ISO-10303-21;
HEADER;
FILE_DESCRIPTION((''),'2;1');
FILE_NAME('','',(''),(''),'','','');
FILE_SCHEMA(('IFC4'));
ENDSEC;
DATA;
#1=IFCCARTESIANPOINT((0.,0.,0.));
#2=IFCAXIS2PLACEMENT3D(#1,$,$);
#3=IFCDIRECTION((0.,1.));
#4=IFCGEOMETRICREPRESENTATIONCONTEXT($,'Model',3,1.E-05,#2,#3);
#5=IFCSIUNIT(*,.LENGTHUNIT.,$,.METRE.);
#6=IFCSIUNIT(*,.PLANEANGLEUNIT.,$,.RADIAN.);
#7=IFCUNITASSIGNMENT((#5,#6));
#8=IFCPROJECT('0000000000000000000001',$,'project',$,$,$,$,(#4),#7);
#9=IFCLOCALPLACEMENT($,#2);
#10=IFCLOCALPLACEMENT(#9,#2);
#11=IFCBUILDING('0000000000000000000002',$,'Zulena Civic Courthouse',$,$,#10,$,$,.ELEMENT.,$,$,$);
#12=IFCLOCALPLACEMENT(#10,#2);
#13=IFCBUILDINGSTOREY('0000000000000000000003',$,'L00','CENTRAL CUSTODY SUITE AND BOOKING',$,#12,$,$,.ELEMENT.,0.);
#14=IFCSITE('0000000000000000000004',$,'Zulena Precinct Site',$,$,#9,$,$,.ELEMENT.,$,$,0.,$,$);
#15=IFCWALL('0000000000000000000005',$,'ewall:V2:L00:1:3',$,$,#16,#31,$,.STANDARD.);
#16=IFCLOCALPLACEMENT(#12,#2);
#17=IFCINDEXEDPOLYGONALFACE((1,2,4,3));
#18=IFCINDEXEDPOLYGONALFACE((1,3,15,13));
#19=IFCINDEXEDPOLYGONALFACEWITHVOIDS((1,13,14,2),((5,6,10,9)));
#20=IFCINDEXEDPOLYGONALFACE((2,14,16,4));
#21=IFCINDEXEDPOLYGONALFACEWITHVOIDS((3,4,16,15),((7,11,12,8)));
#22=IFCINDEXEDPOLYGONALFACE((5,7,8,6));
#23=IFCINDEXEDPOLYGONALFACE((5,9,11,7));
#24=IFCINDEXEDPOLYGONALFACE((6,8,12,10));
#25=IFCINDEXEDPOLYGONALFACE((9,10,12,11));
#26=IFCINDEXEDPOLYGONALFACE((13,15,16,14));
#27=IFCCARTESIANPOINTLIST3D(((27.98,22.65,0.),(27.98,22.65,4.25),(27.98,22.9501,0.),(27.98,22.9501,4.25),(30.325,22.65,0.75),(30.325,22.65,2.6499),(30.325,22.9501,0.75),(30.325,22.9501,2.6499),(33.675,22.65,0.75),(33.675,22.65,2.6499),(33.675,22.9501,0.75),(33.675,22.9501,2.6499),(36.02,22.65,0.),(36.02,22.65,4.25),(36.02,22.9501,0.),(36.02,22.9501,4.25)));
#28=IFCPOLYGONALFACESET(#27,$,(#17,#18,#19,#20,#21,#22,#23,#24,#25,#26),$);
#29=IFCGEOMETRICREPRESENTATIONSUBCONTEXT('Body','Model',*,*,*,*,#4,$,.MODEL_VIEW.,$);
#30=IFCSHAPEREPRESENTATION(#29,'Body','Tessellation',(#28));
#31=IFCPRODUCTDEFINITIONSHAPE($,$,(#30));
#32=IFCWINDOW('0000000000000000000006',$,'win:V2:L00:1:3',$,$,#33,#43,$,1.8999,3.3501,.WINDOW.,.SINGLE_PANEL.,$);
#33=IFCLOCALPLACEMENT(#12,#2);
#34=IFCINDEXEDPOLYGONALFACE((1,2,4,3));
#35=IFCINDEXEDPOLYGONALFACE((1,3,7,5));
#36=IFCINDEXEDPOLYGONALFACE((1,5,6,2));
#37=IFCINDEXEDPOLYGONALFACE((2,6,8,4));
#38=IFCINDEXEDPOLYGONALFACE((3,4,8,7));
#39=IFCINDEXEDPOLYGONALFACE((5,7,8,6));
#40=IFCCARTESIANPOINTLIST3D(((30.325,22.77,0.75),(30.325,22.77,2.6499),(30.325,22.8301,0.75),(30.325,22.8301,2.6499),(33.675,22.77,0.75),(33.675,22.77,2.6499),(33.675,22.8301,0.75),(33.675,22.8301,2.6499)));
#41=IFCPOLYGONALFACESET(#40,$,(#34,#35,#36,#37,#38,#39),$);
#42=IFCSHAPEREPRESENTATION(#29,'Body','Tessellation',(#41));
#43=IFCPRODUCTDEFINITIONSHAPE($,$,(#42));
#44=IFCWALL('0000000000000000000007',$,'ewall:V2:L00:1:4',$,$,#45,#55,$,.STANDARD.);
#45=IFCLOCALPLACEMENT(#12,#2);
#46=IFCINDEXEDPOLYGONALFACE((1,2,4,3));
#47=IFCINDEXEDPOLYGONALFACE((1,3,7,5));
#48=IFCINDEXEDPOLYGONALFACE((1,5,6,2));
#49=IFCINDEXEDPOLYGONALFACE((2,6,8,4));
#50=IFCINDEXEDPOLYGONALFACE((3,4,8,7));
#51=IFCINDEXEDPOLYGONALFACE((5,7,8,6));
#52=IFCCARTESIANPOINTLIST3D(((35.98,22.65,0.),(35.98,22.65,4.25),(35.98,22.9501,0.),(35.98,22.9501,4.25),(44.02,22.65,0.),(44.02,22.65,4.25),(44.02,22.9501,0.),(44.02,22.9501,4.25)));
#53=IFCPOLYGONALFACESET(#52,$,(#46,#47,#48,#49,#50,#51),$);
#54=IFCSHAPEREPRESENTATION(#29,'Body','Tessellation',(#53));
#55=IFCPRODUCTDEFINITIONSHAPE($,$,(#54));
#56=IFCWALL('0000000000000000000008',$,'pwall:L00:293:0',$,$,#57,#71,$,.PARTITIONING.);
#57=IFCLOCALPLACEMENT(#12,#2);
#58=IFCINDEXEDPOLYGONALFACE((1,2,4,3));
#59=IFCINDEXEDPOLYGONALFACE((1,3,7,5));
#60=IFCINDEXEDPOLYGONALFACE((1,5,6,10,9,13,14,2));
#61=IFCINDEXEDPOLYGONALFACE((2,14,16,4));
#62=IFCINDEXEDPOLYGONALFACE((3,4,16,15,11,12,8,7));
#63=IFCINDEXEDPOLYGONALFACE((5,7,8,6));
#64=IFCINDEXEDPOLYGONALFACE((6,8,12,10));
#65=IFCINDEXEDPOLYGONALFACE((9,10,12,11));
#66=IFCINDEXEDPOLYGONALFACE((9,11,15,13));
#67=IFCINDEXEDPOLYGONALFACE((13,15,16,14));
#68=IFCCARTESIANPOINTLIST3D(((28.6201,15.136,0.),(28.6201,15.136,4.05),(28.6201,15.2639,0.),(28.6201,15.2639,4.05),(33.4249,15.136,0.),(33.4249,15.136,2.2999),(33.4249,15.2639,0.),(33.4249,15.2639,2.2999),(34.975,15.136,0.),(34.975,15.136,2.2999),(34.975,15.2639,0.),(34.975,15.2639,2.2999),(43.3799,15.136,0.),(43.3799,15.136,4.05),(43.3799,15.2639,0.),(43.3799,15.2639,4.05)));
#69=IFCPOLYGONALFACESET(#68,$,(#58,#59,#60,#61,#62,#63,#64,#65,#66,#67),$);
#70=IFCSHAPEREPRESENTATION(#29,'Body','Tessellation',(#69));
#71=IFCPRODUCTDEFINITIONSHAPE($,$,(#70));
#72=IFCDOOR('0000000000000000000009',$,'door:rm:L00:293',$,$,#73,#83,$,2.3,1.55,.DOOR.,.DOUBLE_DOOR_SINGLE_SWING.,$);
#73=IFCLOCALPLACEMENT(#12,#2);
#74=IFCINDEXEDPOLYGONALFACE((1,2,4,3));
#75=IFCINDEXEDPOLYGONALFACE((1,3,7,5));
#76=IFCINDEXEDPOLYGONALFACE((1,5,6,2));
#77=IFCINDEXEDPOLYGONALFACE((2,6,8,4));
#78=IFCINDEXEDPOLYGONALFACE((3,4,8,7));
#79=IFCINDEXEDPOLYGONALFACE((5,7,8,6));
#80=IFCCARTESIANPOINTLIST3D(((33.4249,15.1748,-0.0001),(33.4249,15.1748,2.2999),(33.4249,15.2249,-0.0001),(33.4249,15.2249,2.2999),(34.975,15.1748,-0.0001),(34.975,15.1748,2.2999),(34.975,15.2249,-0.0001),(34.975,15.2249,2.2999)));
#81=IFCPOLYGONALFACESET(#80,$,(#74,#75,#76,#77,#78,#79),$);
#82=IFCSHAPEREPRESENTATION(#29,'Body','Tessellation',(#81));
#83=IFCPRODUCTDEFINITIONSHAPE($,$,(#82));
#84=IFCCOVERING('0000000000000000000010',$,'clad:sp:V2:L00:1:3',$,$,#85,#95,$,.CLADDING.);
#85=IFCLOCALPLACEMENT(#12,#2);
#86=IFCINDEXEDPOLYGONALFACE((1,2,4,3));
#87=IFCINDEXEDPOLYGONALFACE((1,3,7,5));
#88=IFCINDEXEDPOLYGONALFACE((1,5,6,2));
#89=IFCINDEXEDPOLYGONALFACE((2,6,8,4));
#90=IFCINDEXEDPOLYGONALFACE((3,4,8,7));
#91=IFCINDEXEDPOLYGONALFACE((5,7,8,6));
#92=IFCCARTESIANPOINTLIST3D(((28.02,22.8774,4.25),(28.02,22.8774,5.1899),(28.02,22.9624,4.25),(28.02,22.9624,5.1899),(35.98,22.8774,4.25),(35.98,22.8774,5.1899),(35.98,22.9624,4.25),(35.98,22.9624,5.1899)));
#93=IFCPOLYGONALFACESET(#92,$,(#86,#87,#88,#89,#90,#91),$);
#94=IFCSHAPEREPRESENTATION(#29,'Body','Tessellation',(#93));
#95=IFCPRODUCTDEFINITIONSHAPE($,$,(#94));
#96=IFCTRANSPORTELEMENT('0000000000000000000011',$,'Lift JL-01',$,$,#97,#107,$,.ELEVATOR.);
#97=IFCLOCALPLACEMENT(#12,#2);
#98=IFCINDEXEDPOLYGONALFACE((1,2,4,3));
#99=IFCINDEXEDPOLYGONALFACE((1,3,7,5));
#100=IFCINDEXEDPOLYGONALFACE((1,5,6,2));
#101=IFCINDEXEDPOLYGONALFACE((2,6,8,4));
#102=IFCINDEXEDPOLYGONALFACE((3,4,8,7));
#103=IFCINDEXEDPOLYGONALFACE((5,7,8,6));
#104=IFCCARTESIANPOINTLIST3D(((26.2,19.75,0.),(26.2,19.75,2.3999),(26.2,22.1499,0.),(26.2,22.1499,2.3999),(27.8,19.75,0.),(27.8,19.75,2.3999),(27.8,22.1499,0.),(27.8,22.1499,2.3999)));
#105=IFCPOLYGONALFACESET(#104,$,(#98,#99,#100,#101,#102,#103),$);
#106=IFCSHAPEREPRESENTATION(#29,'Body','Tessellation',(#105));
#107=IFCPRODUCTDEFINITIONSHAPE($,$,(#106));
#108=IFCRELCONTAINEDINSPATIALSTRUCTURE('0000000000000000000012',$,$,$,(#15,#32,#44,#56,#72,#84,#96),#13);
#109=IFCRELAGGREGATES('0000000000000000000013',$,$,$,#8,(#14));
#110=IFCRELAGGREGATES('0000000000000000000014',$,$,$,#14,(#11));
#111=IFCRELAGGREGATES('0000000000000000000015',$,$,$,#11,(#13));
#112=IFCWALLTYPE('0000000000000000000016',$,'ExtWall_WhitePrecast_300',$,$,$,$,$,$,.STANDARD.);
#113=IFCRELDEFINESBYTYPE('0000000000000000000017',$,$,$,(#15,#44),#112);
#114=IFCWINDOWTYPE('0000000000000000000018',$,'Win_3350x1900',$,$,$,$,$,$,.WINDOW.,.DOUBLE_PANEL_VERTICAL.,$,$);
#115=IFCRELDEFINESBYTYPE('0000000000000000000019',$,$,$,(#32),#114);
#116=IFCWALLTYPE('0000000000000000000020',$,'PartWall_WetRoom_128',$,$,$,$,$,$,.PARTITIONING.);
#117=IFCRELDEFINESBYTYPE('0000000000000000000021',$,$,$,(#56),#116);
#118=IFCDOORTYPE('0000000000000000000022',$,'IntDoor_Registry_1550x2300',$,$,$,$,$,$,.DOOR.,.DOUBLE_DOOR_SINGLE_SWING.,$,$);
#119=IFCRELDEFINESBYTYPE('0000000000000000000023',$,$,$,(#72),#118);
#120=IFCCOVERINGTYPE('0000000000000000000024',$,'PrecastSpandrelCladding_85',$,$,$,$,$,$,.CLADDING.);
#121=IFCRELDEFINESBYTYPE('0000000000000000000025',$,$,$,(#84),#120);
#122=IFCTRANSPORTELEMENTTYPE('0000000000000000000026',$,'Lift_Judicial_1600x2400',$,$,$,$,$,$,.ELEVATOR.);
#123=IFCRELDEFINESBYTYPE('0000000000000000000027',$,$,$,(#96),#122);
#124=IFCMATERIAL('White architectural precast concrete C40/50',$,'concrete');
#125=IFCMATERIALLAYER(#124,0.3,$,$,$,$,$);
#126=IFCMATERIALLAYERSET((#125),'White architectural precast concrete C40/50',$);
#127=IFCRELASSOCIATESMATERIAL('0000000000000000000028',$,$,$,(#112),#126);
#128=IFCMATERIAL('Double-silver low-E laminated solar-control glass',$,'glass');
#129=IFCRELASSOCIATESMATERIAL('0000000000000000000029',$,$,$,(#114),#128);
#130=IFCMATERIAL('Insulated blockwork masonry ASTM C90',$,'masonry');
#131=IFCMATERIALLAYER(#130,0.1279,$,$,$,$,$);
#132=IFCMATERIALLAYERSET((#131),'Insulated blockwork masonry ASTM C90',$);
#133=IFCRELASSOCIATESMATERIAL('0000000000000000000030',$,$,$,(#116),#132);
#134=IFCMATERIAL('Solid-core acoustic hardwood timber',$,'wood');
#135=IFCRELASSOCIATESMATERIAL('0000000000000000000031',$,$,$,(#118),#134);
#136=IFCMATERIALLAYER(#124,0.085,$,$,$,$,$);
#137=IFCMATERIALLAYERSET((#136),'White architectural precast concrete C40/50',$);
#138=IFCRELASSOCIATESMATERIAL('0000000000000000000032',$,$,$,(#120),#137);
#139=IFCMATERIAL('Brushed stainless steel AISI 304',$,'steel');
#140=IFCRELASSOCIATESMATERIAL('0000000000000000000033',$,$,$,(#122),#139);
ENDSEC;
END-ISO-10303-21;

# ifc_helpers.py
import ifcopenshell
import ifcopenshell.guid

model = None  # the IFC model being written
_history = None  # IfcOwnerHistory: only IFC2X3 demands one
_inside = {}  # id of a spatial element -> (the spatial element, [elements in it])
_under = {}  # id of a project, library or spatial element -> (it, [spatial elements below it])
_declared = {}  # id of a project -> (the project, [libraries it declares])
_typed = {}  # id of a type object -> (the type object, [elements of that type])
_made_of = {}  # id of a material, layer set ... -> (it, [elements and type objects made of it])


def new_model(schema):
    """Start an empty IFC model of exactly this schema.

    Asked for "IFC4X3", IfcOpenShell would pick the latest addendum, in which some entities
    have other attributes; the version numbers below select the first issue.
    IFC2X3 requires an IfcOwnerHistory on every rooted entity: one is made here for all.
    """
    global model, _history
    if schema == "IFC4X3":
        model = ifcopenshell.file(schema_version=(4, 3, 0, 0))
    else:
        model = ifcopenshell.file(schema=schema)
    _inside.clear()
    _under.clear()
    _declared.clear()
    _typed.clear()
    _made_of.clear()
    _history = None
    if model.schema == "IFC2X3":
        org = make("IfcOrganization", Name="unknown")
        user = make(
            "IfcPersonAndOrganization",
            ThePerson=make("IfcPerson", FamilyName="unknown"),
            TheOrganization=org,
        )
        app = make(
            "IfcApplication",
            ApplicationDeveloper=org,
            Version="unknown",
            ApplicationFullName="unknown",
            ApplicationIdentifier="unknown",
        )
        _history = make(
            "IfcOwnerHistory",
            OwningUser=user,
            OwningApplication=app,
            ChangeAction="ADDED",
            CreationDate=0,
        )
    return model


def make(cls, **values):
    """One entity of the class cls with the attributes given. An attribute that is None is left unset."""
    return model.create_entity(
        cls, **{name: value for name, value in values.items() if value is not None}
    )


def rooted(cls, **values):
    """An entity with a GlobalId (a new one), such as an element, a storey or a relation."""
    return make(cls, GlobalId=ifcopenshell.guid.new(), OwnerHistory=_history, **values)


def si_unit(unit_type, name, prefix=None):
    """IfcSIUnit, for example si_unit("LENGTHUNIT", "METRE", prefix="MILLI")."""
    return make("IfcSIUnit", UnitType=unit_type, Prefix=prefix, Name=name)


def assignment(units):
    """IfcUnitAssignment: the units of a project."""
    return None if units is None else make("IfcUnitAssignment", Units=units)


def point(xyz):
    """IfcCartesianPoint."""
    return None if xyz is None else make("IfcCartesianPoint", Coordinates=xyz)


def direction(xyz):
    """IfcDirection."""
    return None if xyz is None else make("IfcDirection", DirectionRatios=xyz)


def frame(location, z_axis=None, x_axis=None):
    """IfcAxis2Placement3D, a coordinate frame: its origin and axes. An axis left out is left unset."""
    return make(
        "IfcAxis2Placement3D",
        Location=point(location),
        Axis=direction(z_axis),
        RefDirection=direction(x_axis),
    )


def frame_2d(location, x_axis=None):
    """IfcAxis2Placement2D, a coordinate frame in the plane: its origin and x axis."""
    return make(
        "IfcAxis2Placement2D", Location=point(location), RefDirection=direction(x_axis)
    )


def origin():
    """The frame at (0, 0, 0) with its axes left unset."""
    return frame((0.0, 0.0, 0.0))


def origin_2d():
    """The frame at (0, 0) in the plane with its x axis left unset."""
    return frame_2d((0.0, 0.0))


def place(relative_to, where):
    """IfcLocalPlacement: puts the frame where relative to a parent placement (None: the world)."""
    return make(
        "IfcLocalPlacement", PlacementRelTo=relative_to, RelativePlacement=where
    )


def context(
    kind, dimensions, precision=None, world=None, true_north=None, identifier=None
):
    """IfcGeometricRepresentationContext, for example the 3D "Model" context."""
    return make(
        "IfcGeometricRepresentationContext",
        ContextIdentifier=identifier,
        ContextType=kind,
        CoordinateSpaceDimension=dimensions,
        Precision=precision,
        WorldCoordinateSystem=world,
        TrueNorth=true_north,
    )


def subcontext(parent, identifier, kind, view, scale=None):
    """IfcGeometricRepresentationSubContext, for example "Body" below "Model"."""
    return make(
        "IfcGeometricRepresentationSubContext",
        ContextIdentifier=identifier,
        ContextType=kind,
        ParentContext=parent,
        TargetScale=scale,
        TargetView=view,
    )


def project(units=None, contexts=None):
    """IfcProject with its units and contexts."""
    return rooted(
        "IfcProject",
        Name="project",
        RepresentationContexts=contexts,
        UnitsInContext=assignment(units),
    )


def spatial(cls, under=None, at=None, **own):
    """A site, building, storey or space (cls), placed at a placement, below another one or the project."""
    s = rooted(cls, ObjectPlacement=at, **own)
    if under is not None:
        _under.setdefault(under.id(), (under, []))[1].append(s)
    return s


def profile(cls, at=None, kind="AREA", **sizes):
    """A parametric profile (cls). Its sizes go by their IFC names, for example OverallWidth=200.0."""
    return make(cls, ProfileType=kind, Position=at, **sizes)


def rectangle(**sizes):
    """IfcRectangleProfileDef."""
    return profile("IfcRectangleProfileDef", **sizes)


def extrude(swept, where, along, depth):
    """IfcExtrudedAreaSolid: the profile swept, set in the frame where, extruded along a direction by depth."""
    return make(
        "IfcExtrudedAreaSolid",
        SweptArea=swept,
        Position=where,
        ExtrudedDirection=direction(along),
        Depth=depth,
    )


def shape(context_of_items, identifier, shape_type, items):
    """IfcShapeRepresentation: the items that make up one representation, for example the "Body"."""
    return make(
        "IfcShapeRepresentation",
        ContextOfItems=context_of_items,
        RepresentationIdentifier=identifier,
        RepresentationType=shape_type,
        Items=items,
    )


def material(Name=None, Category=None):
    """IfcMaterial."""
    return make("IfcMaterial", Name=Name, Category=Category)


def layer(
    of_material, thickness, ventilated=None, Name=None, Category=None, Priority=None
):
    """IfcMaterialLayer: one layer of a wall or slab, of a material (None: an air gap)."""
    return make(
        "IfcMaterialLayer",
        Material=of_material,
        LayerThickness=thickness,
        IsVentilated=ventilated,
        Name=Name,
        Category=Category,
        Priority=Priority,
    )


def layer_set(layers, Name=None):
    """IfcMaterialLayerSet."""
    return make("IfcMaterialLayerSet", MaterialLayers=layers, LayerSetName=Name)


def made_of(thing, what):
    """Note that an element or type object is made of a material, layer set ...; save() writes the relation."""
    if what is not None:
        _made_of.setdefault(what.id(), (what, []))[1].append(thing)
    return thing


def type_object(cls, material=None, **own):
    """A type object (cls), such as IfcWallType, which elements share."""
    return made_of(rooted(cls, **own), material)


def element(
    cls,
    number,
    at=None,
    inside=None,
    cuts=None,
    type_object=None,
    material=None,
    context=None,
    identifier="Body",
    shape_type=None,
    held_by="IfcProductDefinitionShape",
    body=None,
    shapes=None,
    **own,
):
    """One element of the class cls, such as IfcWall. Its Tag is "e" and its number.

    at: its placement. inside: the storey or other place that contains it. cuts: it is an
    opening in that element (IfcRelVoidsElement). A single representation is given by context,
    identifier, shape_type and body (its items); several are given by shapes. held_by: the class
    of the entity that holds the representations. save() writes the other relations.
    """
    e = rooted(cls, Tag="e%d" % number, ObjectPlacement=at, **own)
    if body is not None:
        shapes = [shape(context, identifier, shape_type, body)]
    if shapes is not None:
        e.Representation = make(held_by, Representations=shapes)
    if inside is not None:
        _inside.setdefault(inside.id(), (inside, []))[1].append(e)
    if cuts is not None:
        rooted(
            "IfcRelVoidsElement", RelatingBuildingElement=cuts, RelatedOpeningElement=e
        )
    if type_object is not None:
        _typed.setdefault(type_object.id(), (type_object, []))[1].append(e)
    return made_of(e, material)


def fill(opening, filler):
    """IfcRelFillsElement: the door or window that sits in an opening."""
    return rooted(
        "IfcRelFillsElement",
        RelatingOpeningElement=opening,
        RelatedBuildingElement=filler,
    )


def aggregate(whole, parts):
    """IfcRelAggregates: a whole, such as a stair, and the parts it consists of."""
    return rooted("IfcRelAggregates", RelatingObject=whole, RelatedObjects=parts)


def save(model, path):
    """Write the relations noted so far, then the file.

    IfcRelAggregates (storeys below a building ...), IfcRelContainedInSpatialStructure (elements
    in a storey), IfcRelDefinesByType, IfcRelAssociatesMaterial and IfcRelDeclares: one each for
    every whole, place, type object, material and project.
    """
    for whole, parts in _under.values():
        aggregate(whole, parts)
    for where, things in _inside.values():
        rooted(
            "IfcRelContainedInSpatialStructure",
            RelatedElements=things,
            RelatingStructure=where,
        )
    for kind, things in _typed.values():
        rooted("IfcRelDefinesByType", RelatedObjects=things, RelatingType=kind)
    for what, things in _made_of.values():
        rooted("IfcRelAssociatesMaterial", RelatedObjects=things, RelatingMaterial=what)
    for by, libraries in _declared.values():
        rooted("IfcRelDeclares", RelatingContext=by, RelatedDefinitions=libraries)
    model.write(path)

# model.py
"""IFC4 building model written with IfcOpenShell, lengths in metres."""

from ifc_helpers import new_model, si_unit, direction, frame, frame_2d, origin, origin_2d, place, context, subcontext, project, spatial, rectangle, extrude, material, layer, layer_set, type_object, element, fill, save


model = new_model("IFC4")

# Units and contexts
model_context = context("Model", 3, precision=1e-05, world=origin(), true_north=direction((0.0, 1.0)))
body_context = subcontext(model_context, "Body", "Model", "MODEL_VIEW")
ifc_project = project(units=[si_unit("LENGTHUNIT", "METRE"), si_unit("PLANEANGLEUNIT", "RADIAN")], contexts=[model_context])

# Site, building, storey
site_placement = place(None, origin())
site = spatial("IfcSite", under=ifc_project, at=site_placement, Name="Zulena Precinct Site", CompositionType="ELEMENT", RefElevation=0.0)
building_placement = place(site_placement, origin())
building = spatial("IfcBuilding", under=site, at=building_placement, Name="Zulena Civic Courthouse", CompositionType="ELEMENT")
storey_placement = place(building_placement, origin())
storey = spatial("IfcBuildingStorey", under=building, at=storey_placement, Name="L00", Description="CENTRAL CUSTODY SUITE AND BOOKING", CompositionType="ELEMENT", Elevation=0.0)

# Wall, opening, window
ifc_material_1 = material(Name="White architectural precast concrete C40/50", Category="concrete")
ifc_layer_1 = layer(ifc_material_1, 0.3)
ifc_layer_set_1 = layer_set([ifc_layer_1], Name="White architectural precast concrete C40/50")
wall_type_1 = type_object("IfcWallType", Name="ExtWall_WhitePrecast_300", PredefinedType="STANDARD", material=ifc_layer_set_1)
wall_1_placement = place(storey_placement, frame((27.98, 22.8, 0.0), z_axis=(0.0, 0.0, 1.0), x_axis=(1.0, 0.0, 0.0)))
wall_1 = element("IfcWall", 1, at=wall_1_placement, inside=storey, type_object=wall_type_1, Name="ewall:V2:L00:1:3", PredefinedType="STANDARD", context=body_context, shape_type="SweptSolid", body=[
    extrude(rectangle(XDim=8.04, YDim=0.3, at=frame_2d((4.02, 0.0))), origin(), (0.0, 0.0, 1.0), 4.25),
])
opening_1_placement = place(wall_1_placement, frame((2.345, 0.0, 0.75)))
opening_1 = element("IfcOpeningElement", 2, at=opening_1_placement, cuts=wall_1, PredefinedType="OPENING", context=body_context, shape_type="SweptSolid", body=[
    extrude(rectangle(XDim=3.3501, YDim=1.8999, at=frame_2d((1.675, 0.95))), frame((0.0, 0.1599, 0.0), z_axis=(0.0, -1.0, 0.0), x_axis=(1.0, 0.0, 0.0)), (0.0, 0.0, 1.0), 0.3201),
])
ifc_material_2 = material(Name="Double-silver low-E laminated solar-control glass", Category="glass")
window_type = type_object("IfcWindowType", Name="Win_3350x1900", PartitioningType="DOUBLE_PANEL_VERTICAL", PredefinedType="WINDOW", material=ifc_material_2)
window_placement = place(opening_1_placement, origin())
window = element("IfcWindow", 3, at=window_placement, inside=storey, type_object=window_type, Name="win:V2:L00:1:3", OverallHeight=1.8999, OverallWidth=3.3501, PartitioningType="SINGLE_PANEL", PredefinedType="WINDOW", context=body_context, shape_type="SweptSolid", body=[
    extrude(rectangle(XDim=3.3501, YDim=1.8999, at=frame_2d((1.675, 0.95))), frame((0.0, 0.03, 0.0), z_axis=(0.0, -1.0, 0.0), x_axis=(1.0, 0.0, 0.0)), (0.0, 0.0, 1.0), 0.0601),
])
fill(opening_1, window)

# Wall
wall_2_placement = place(storey_placement, frame((35.98, 22.8, 0.0), z_axis=(0.0, 0.0, 1.0), x_axis=(1.0, 0.0, 0.0)))
element("IfcWall", 4, at=wall_2_placement, inside=storey, type_object=wall_type_1, Name="ewall:V2:L00:1:4", PredefinedType="STANDARD", context=body_context, shape_type="SweptSolid", body=[
    extrude(rectangle(XDim=8.04, YDim=0.3, at=frame_2d((4.02, 0.0))), origin(), (0.0, 0.0, 1.0), 4.25),
])

# Wall, opening, door
ifc_material_3 = material(Name="Insulated blockwork masonry ASTM C90", Category="masonry")
ifc_layer_2 = layer(ifc_material_3, 0.1279)
ifc_layer_set_2 = layer_set([ifc_layer_2], Name="Insulated blockwork masonry ASTM C90")
wall_type_2 = type_object("IfcWallType", Name="PartWall_WetRoom_128", PredefinedType="PARTITIONING", material=ifc_layer_set_2)
wall_3_placement = place(storey_placement, frame((28.6201, 15.2, 0.0), z_axis=(0.0, 0.0, 1.0), x_axis=(1.0, 0.0, 0.0)))
wall_3 = element("IfcWall", 5, at=wall_3_placement, inside=storey, type_object=wall_type_2, Name="pwall:L00:293:0", PredefinedType="PARTITIONING", context=body_context, shape_type="SweptSolid", body=[
    extrude(rectangle(XDim=14.7598, YDim=0.1279, at=frame_2d((7.3799, 0.0))), origin(), (0.0, 0.0, 1.0), 4.05),
])
opening_2_placement = place(wall_3_placement, frame((4.8049, 0.0, 0.0)))
opening_2 = element("IfcOpeningElement", 6, at=opening_2_placement, cuts=wall_3, PredefinedType="OPENING", context=body_context, shape_type="SweptSolid", body=[
    extrude(rectangle(XDim=1.55, YDim=2.3, at=frame_2d((0.7749, 1.1499))), frame((0.0, 0.074, 0.0), z_axis=(0.0, -1.0, 0.0), x_axis=(1.0, 0.0, 0.0)), (0.0, 0.0, 1.0), 0.1479),
])
ifc_material_4 = material(Name="Solid-core acoustic hardwood timber", Category="wood")
door_type = type_object("IfcDoorType", Name="IntDoor_Registry_1550x2300", OperationType="DOUBLE_DOOR_SINGLE_SWING", PredefinedType="DOOR", material=ifc_material_4)
door_placement = place(opening_2_placement, origin())
door = element("IfcDoor", 7, at=door_placement, inside=storey, type_object=door_type, Name="door:rm:L00:293", OperationType="DOUBLE_DOOR_SINGLE_SWING", OverallHeight=2.3, OverallWidth=1.55, PredefinedType="DOOR", context=body_context, shape_type="SweptSolid", body=[
    extrude(rectangle(XDim=1.55, YDim=2.3, at=frame_2d((0.7749, 1.1499))), frame((0.0, 0.0249, 0.0), z_axis=(0.0, -1.0, 0.0), x_axis=(1.0, 0.0, 0.0)), (0.0, 0.0, 1.0), 0.05),
])
fill(opening_2, door)

# Covering
ifc_layer_3 = layer(ifc_material_1, 0.085)
ifc_layer_set_3 = layer_set([ifc_layer_3], Name="White architectural precast concrete C40/50")
covering_type = type_object("IfcCoveringType", Name="PrecastSpandrelCladding_85", PredefinedType="CLADDING", material=ifc_layer_set_3)
covering_placement = place(storey_placement, frame((32.0, 22.9199, 4.25), z_axis=(0.0, 0.0, 1.0), x_axis=(1.0, 0.0, 0.0)))
element("IfcCovering", 8, at=covering_placement, inside=storey, type_object=covering_type, Name="clad:sp:V2:L00:1:3", PredefinedType="CLADDING", context=body_context, shape_type="SweptSolid", body=[
    extrude(rectangle(XDim=7.96, YDim=0.085, at=origin_2d()), origin(), (0.0, 0.0, 1.0), 0.9399),
])

# Transport element
ifc_material_5 = material(Name="Brushed stainless steel AISI 304", Category="steel")
transport_element_type = type_object("IfcTransportElementType", Name="Lift_Judicial_1600x2400", PredefinedType="ELEVATOR", material=ifc_material_5)
transport_element_placement = place(storey_placement, frame((27.0, 20.95, 0.0), z_axis=(0.0, 0.0, 1.0), x_axis=(1.0, 0.0, 0.0)))
element("IfcTransportElement", 9, at=transport_element_placement, inside=storey, type_object=transport_element_type, Name="Lift JL-01", PredefinedType="ELEVATOR", context=body_context, shape_type="SweptSolid", body=[
    extrude(rectangle(XDim=1.6001, YDim=2.3999, at=origin_2d()), origin(), (0.0, 0.0, 1.0), 2.3999),
])

save(model, "model.ifc")
